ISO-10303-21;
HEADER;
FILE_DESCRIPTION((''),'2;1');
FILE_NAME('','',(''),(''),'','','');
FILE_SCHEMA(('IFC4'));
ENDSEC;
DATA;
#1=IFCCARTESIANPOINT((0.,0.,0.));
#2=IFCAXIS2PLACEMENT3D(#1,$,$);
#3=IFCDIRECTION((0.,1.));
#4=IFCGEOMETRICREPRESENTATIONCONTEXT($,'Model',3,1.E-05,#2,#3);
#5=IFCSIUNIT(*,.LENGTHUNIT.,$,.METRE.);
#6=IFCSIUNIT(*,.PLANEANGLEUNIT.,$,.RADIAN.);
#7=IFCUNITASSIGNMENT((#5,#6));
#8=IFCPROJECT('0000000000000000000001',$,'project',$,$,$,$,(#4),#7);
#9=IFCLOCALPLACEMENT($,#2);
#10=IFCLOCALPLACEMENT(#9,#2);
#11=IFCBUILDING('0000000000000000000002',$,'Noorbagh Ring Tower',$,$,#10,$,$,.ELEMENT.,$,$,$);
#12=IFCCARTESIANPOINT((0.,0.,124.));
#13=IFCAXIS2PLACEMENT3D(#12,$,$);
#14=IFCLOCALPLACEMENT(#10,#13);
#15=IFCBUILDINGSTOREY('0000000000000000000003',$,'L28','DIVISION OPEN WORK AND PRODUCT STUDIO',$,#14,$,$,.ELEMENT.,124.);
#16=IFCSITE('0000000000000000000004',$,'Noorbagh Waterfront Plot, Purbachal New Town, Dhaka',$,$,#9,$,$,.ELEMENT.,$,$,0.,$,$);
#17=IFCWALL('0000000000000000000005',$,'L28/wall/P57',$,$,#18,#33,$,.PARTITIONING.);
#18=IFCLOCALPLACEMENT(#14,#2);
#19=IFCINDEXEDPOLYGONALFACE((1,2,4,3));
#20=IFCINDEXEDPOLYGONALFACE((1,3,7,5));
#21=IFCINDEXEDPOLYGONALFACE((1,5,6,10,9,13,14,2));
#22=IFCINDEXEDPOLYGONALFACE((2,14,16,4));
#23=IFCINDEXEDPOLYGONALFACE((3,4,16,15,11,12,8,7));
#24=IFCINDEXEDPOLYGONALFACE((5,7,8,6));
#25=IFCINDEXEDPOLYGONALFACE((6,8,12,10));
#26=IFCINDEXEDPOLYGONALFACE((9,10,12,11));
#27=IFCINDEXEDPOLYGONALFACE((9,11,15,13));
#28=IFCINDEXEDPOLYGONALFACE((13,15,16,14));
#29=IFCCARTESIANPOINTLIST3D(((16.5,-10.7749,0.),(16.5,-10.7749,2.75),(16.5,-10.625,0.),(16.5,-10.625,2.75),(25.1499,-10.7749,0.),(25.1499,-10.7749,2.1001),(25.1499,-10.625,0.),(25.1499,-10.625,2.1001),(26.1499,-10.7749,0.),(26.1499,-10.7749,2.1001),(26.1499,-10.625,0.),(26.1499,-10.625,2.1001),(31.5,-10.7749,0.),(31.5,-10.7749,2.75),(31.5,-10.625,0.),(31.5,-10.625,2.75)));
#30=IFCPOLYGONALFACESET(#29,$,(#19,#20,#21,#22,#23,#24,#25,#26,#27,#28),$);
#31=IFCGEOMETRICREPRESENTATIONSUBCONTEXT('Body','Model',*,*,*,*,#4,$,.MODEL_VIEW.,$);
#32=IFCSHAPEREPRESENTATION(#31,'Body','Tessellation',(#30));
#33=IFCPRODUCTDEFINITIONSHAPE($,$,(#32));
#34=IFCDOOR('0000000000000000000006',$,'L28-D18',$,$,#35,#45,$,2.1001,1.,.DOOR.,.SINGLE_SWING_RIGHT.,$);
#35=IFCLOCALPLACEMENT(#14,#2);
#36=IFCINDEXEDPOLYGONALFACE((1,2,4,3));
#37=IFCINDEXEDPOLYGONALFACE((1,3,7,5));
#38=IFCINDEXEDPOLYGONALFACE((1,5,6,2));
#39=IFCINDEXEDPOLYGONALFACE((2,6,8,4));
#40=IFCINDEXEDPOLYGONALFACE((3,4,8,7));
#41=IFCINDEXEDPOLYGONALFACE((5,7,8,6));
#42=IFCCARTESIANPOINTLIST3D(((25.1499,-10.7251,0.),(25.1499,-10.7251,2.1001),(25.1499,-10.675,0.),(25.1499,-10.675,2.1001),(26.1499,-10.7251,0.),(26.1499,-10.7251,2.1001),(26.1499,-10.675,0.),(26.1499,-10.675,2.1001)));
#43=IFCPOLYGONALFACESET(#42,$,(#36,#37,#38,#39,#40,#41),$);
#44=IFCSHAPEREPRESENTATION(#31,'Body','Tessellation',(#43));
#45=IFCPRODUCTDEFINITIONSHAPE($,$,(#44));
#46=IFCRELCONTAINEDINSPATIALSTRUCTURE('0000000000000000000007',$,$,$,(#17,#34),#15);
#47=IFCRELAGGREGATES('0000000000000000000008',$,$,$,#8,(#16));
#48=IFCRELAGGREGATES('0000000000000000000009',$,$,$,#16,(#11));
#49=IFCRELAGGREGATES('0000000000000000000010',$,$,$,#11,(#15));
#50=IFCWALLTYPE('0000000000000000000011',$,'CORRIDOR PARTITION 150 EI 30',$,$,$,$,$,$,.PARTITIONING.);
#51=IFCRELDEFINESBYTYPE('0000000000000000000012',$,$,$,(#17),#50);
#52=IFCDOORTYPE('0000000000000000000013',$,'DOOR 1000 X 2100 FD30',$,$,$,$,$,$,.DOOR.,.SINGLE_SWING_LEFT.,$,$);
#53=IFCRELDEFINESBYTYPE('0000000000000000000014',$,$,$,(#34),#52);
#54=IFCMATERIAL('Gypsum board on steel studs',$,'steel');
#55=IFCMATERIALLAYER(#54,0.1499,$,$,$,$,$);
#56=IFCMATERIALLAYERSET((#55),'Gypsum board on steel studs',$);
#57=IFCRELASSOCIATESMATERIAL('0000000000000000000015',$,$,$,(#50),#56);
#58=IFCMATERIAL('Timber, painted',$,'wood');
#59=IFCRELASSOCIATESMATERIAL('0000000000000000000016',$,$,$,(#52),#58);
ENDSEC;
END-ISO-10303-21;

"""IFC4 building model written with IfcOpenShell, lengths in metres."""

from ifc_helpers import new_model, si_unit, direction, frame, frame_2d, origin, place, context, subcontext, project, spatial, rectangle, extrude, material, layer, layer_set, type_object, element, fill, save


model = new_model("IFC4")

# Units and contexts
model_context = context("Model", 3, precision=1e-05, world=origin(), true_north=direction((0.0, 1.0)))
body_context = subcontext(model_context, "Body", "Model", "MODEL_VIEW")
ifc_project = project(units=[si_unit("LENGTHUNIT", "METRE"), si_unit("PLANEANGLEUNIT", "RADIAN")], contexts=[model_context])

# Site, building, storey
site_placement = place(None, origin())
site = spatial("IfcSite", under=ifc_project, at=site_placement, Name="Noorbagh Waterfront Plot, Purbachal New Town, Dhaka", CompositionType="ELEMENT", RefElevation=0.0)
building_placement = place(site_placement, origin())
building = spatial("IfcBuilding", under=site, at=building_placement, Name="Noorbagh Ring Tower", CompositionType="ELEMENT")
storey_placement = place(building_placement, frame((0.0, 0.0, 124.0)))
storey = spatial("IfcBuildingStorey", under=building, at=storey_placement, Name="L28", Description="DIVISION OPEN WORK AND PRODUCT STUDIO", CompositionType="ELEMENT", Elevation=124.0)

# Wall, opening, door
ifc_material_1 = material(Name="Gypsum board on steel studs", Category="steel")
ifc_layer_1 = layer(ifc_material_1, 0.1499)
ifc_layer_set_1 = layer_set([ifc_layer_1], Name="Gypsum board on steel studs")
wall_type_1 = type_object("IfcWallType", Name="CORRIDOR PARTITION 150 EI 30", PredefinedType="PARTITIONING", material=ifc_layer_set_1)
wall_1_placement = place(storey_placement, frame((16.5, -10.7, 0.0), z_axis=(0.0, 0.0, 1.0), x_axis=(1.0, 0.0, 0.0)))
wall_1 = element("IfcWall", 1, at=wall_1_placement, inside=storey, type_object=wall_type_1, Name="L28/wall/P57", PredefinedType="PARTITIONING", context=body_context, shape_type="SweptSolid", body=[
    extrude(rectangle(XDim=15.0, YDim=0.1499, at=frame_2d((7.5, 0.0))), origin(), (0.0, 0.0, 1.0), 2.75),
])
opening_1_placement = place(wall_1_placement, frame((8.6499, 0.0, 0.0)))
opening_1 = element("IfcOpeningElement", 2, at=opening_1_placement, cuts=wall_1, PredefinedType="OPENING", context=body_context, shape_type="SweptSolid", body=[
    extrude(rectangle(XDim=1.0, YDim=2.1001, at=frame_2d((0.5, 1.05))), frame((0.0, 0.085, 0.0), z_axis=(0.0, -1.0, 0.0), x_axis=(1.0, 0.0, 0.0)), (0.0, 0.0, 1.0), 0.1699),
])
ifc_material_2 = material(Name="Timber, painted", Category="wood")
door_type_1 = type_object("IfcDoorType", Name="DOOR 1000 X 2100 FD30", OperationType="SINGLE_SWING_LEFT", PredefinedType="DOOR", material=ifc_material_2)
door_1_placement = place(opening_1_placement, origin())
door_1 = element("IfcDoor", 3, at=door_1_placement, inside=storey, type_object=door_type_1, Name="L28-D18", OperationType="SINGLE_SWING_RIGHT", OverallHeight=2.1001, OverallWidth=1.0, PredefinedType="DOOR", context=body_context, shape_type="SweptSolid", body=[
    extrude(rectangle(XDim=1.0, YDim=2.1001, at=frame_2d((0.5, 1.05))), frame((0.0, 0.0249, 0.0), z_axis=(0.0, -1.0, 0.0), x_axis=(1.0, 0.0, 0.0)), (0.0, 0.0, 1.0), 0.05),
])
fill(opening_1, door_1)

save(model, "model.ifc")
